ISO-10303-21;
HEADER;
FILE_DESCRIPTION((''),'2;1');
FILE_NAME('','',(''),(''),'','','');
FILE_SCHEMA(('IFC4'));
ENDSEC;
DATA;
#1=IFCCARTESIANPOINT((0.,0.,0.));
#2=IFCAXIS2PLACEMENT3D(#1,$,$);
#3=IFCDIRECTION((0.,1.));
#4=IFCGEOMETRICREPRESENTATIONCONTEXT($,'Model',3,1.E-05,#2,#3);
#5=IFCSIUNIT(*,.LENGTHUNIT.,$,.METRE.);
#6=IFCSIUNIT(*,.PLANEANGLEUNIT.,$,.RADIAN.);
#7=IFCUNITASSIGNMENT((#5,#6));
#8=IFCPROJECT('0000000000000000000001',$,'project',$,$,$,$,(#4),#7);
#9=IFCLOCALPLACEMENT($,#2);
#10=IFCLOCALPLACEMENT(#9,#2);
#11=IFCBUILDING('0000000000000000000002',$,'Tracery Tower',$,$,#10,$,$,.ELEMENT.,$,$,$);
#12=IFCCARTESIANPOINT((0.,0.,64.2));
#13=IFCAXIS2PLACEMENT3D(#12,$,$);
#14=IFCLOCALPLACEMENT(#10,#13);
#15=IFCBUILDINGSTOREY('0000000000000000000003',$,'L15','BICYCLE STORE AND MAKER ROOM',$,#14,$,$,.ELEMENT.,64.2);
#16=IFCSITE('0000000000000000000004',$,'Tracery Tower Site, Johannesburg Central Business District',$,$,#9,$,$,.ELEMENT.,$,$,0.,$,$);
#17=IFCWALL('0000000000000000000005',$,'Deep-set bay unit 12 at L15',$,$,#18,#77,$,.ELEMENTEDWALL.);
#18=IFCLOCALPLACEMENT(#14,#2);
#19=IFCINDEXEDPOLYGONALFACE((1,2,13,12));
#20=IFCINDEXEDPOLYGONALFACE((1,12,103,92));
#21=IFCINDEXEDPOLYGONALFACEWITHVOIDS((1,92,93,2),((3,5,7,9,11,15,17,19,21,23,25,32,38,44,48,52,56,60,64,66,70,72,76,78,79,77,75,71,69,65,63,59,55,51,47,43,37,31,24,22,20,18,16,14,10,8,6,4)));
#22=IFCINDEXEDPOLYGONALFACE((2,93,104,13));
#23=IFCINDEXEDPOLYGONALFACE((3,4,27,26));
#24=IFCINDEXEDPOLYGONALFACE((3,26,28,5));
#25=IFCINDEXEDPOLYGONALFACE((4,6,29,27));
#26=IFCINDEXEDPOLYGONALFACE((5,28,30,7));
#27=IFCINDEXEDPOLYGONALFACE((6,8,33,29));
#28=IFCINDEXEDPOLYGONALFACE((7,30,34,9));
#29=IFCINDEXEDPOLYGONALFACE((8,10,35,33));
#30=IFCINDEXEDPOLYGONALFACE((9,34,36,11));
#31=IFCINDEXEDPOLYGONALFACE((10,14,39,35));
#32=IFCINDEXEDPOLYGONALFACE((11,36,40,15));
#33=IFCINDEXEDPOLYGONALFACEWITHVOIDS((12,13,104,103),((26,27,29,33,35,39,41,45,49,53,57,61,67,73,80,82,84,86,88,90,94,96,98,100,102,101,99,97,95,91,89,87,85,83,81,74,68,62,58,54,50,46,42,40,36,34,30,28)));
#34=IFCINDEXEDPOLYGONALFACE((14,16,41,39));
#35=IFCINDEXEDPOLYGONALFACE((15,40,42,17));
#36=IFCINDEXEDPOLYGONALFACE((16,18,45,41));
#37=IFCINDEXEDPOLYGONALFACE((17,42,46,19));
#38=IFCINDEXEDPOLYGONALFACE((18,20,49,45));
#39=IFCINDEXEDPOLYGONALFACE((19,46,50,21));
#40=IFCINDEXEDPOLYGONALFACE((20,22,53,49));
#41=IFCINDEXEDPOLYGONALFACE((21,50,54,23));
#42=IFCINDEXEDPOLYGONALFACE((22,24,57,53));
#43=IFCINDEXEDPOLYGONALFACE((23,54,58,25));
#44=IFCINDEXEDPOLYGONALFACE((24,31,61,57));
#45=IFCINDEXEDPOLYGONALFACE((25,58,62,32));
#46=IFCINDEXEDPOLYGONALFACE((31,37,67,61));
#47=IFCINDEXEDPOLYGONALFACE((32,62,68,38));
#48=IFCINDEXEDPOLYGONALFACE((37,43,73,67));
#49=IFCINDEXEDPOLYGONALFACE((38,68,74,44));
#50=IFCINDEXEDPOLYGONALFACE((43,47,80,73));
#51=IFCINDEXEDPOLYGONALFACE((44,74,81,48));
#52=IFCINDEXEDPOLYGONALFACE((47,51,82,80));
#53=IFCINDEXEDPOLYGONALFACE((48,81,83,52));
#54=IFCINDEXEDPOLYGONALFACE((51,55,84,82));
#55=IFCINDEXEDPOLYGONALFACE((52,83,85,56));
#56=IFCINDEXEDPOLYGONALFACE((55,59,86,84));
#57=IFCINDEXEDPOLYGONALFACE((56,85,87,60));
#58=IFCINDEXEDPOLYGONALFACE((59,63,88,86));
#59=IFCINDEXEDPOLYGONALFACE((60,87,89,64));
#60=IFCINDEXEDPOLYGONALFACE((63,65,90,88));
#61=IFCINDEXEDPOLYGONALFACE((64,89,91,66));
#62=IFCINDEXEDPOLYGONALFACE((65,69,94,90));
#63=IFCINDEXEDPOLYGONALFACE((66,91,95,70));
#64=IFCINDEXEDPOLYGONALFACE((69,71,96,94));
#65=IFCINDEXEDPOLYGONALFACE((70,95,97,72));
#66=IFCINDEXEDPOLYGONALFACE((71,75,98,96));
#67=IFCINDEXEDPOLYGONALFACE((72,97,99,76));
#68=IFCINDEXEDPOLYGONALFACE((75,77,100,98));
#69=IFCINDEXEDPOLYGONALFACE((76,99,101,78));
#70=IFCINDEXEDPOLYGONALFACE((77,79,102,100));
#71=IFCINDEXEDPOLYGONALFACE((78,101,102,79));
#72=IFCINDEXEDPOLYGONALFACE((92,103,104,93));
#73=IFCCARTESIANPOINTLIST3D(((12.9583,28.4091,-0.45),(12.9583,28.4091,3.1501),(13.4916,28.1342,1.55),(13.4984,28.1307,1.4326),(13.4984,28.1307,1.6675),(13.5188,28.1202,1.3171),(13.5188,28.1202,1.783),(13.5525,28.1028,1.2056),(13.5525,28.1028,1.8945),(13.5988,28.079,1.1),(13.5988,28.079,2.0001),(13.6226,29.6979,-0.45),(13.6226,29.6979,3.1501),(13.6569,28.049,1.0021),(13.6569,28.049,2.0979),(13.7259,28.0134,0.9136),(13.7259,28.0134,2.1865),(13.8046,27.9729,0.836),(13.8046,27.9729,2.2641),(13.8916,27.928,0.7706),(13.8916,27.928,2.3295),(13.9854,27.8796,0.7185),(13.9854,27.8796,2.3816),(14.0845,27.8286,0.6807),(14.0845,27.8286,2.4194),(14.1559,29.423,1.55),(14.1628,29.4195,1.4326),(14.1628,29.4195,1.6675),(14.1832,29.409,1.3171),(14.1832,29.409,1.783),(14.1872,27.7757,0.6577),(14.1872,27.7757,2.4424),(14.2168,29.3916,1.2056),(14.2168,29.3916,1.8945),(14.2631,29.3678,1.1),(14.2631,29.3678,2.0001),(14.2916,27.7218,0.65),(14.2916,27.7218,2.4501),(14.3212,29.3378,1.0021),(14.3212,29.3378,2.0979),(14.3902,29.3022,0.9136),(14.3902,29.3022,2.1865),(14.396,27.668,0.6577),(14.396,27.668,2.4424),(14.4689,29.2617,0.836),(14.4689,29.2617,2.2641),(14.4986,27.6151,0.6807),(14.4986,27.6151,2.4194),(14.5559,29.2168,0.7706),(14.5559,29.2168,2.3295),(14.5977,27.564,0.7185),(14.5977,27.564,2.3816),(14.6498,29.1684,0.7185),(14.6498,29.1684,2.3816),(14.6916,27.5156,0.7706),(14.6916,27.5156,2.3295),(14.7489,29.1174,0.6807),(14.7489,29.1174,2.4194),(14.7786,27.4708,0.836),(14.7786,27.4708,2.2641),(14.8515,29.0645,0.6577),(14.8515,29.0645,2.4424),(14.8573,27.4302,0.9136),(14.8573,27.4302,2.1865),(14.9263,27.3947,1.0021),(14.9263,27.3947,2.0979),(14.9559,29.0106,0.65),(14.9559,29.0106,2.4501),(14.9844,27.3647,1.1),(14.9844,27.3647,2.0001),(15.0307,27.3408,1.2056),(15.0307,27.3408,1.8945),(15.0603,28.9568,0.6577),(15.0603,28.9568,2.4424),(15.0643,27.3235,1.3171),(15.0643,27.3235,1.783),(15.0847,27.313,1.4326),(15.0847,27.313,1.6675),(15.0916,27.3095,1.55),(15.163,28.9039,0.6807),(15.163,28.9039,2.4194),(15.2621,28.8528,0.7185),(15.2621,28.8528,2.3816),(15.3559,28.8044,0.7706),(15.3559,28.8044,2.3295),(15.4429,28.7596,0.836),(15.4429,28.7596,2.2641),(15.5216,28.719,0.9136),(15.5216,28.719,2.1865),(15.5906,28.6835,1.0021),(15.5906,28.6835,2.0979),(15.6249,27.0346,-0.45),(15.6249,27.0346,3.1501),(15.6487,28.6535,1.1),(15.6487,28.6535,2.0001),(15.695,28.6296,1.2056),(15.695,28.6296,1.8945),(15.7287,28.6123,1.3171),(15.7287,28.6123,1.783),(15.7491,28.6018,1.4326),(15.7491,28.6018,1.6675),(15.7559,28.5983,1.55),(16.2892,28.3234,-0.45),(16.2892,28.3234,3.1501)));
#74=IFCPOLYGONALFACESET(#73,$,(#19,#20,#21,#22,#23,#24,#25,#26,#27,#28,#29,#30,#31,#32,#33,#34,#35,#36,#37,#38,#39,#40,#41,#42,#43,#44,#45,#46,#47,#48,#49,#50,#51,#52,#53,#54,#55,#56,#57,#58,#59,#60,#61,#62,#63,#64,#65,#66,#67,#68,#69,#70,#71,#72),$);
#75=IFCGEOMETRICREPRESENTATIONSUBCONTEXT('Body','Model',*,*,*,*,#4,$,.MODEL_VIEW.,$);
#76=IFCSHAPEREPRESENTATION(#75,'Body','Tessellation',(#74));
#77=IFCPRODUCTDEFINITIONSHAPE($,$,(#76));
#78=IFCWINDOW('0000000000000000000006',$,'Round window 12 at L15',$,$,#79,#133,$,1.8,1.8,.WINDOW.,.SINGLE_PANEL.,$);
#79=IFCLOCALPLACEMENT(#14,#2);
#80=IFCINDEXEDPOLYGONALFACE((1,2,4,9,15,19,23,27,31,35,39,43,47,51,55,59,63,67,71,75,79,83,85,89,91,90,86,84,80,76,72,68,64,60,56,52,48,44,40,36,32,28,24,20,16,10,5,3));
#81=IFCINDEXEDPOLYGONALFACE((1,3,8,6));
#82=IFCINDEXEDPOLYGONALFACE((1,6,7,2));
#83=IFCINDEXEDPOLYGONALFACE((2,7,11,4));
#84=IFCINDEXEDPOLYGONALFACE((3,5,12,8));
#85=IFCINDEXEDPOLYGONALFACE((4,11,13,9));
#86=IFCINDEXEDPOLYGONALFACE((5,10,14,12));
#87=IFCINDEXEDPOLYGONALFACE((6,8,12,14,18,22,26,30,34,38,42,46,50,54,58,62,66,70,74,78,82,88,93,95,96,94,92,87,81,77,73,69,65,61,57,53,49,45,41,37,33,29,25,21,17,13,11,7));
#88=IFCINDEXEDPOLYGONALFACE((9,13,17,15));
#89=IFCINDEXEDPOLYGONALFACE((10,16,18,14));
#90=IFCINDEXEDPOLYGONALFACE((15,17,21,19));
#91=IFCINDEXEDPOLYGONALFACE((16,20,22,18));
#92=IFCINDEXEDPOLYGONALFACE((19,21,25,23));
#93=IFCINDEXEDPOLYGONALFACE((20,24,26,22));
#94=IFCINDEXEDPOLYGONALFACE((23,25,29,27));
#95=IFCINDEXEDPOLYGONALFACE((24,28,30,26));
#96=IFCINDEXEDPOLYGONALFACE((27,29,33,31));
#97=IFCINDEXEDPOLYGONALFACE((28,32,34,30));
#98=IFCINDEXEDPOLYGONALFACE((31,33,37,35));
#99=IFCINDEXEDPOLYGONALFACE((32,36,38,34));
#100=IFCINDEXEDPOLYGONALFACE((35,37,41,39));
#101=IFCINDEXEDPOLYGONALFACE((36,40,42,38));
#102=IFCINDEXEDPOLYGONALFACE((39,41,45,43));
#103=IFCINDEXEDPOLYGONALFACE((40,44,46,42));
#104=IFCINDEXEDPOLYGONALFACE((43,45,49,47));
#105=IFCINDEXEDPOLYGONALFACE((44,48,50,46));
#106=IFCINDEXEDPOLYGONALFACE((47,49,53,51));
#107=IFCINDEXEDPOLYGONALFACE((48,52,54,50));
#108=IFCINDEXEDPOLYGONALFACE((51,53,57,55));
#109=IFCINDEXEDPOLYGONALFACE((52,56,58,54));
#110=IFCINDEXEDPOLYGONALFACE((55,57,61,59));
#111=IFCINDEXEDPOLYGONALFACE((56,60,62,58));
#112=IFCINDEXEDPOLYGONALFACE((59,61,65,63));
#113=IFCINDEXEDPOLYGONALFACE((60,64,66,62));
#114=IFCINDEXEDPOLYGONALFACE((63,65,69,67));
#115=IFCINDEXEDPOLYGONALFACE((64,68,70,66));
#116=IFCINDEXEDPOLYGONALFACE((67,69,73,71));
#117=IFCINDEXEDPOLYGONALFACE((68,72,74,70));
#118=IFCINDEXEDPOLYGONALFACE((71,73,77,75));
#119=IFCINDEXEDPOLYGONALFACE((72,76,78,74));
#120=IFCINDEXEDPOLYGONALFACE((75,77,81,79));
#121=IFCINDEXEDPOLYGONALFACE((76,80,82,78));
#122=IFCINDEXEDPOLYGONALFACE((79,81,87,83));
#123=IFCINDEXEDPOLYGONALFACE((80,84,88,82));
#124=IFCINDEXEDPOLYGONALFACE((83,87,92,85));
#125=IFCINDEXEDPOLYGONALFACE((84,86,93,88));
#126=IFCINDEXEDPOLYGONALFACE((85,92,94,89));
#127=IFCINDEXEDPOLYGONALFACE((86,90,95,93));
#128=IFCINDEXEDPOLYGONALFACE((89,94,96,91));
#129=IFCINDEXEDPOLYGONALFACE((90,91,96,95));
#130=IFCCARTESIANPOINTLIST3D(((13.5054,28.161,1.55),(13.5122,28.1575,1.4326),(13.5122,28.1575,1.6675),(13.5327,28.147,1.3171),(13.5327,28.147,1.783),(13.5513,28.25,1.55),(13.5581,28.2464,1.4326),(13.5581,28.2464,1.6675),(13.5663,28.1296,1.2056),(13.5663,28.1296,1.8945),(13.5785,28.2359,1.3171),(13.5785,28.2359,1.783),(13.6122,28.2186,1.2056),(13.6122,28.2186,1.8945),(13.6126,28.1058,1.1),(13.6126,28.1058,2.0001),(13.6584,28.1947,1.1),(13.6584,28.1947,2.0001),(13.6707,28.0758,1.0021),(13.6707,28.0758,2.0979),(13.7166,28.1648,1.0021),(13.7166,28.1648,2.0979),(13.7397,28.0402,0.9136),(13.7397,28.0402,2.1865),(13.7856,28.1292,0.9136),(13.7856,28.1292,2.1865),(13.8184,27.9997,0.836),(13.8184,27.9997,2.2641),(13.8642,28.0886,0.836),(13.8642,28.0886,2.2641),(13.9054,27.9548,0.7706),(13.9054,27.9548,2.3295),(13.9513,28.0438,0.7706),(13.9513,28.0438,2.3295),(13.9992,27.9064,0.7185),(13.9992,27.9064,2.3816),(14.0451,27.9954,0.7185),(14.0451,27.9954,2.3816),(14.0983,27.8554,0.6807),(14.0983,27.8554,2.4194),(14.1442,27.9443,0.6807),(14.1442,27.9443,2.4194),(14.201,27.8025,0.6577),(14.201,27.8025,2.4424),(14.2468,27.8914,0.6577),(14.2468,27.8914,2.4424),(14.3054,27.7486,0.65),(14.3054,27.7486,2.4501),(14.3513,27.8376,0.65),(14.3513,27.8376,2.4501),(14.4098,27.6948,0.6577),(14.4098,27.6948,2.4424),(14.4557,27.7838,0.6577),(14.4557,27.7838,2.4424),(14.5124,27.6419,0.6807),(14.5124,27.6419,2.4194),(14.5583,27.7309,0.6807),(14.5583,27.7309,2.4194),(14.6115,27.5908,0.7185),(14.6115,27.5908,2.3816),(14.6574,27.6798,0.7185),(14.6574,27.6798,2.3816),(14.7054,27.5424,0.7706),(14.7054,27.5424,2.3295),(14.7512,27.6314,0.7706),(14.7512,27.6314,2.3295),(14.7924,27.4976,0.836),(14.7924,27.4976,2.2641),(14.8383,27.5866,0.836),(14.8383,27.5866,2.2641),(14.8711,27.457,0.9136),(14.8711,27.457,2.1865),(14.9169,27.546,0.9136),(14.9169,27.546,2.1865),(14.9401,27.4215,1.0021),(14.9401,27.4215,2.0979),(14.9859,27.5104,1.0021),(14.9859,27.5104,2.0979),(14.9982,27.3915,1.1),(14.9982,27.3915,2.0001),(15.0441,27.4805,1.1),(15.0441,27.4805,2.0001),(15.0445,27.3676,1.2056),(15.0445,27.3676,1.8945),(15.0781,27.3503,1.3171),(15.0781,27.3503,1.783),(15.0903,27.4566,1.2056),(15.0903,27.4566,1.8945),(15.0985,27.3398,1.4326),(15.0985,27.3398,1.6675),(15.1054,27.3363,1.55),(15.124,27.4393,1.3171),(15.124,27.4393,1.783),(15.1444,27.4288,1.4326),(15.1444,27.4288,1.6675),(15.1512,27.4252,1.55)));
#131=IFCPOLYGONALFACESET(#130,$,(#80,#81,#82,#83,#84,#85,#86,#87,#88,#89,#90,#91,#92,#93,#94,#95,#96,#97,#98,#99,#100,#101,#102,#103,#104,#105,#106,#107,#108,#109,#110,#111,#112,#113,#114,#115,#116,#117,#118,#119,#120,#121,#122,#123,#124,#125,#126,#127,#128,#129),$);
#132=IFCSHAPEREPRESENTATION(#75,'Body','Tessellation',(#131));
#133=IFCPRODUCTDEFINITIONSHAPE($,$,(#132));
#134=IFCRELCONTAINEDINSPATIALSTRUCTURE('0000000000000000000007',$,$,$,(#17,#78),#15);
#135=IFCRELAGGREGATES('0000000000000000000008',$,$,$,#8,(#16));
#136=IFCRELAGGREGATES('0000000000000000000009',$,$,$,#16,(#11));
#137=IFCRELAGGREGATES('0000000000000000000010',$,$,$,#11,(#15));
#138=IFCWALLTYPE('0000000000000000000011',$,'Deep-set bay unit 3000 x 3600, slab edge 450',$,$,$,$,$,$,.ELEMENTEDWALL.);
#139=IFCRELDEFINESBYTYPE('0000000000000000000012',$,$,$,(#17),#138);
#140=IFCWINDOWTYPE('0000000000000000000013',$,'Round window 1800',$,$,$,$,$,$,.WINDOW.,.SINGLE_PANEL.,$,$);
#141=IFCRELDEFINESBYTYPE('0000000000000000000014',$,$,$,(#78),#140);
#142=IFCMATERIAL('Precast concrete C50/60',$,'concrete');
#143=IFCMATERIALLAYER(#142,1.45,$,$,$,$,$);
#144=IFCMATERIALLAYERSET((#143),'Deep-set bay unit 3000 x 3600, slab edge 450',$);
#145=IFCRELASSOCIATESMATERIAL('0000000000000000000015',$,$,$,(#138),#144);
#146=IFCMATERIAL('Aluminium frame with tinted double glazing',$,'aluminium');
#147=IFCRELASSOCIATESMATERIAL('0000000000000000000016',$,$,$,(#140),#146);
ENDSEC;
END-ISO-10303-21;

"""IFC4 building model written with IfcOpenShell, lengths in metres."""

from ifc_helpers import new_model, si_unit, direction, frame, frame_2d, origin, origin_2d, place, context, subcontext, project, spatial, rectangle, circle, extrude, material, layer, layer_set, type_object, element, fill, save


model = new_model("IFC4")

# Units and contexts
model_context = context("Model", 3, precision=1e-05, world=origin(), true_north=direction((0.0, 1.0)))
body_context = subcontext(model_context, "Body", "Model", "MODEL_VIEW")
ifc_project = project(units=[si_unit("LENGTHUNIT", "METRE"), si_unit("PLANEANGLEUNIT", "RADIAN")], contexts=[model_context])

# Site, building, storey
site_placement = place(None, origin())
site = spatial("IfcSite", under=ifc_project, at=site_placement, Name="Tracery Tower Site, Johannesburg Central Business District", CompositionType="ELEMENT", RefElevation=0.0)
building_placement = place(site_placement, origin())
building = spatial("IfcBuilding", under=site, at=building_placement, Name="Tracery Tower", CompositionType="ELEMENT")
storey_placement = place(building_placement, frame((0.0, 0.0, 64.2)))
storey = spatial("IfcBuildingStorey", under=building, at=storey_placement, Name="L15", Description="BICYCLE STORE AND MAKER ROOM", CompositionType="ELEMENT", Elevation=64.2)

# Wall, opening, window
ifc_material_1 = material(Name="Precast concrete C50/60", Category="concrete")
ifc_layer_1 = layer(ifc_material_1, 1.45)
ifc_layer_set_1 = layer_set([ifc_layer_1], Name="Deep-set bay unit 3000 x 3600, slab edge 450")
wall_type_1 = type_object("IfcWallType", Name="Deep-set bay unit 3000 x 3600, slab edge 450", PredefinedType="ELEMENTEDWALL", material=ifc_layer_set_1)
ifc_material_2 = material(Name="Aluminium frame with tinted double glazing", Category="aluminium")
window_type = type_object("IfcWindowType", Name="Round window 1800", PartitioningType="SINGLE_PANEL", PredefinedType="WINDOW", material=ifc_material_2)
wall_1_placement = place(storey_placement, frame((15.957, 27.679, -0.45), z_axis=(0.0, 0.0, 1.0), x_axis=(-0.888858, 0.458183, 0.0)))
wall_1 = element("IfcWall", 1, at=wall_1_placement, inside=storey, type_object=wall_type_1, Name="Deep-set bay unit 12 at L15", PredefinedType="ELEMENTEDWALL", context=body_context, shape_type="SweptSolid", body=[
    extrude(rectangle(XDim=3.0, YDim=1.45, at=frame_2d((1.5, 0.0))), origin(), (0.0, 0.0, 1.0), 3.6001),
])
opening_1_placement = place(wall_1_placement, frame((1.5, 0.0, 2.0)))
opening_1 = element("IfcOpeningElement", 2, at=opening_1_placement, cuts=wall_1, PredefinedType="OPENING", context=body_context, shape_type="SweptSolid", body=[
    extrude(circle(Radius=0.9, at=origin_2d()), frame((0.0, 0.7349, 0.0), z_axis=(0.0, -1.0, 0.0), x_axis=(1.0, 0.0, 0.0)), (0.0, 0.0, 1.0), 1.47),
])
window_1_placement = place(opening_1_placement, origin())
window_1 = element("IfcWindow", 3, at=window_1_placement, inside=storey, type_object=window_type, Name="Round window 12 at L15", OverallHeight=1.8, OverallWidth=1.8, PartitioningType="SINGLE_PANEL", PredefinedType="WINDOW", context=body_context, shape_type="SweptSolid", body=[
    extrude(circle(Radius=0.9, at=origin_2d()), frame((0.0, 0.6948, 0.0), z_axis=(0.0, -1.0, 0.0), x_axis=(1.0, 0.0, 0.0)), (0.0, 0.0, 1.0), 0.1001),
])
fill(opening_1, window_1)

save(model, "model.ifc")
